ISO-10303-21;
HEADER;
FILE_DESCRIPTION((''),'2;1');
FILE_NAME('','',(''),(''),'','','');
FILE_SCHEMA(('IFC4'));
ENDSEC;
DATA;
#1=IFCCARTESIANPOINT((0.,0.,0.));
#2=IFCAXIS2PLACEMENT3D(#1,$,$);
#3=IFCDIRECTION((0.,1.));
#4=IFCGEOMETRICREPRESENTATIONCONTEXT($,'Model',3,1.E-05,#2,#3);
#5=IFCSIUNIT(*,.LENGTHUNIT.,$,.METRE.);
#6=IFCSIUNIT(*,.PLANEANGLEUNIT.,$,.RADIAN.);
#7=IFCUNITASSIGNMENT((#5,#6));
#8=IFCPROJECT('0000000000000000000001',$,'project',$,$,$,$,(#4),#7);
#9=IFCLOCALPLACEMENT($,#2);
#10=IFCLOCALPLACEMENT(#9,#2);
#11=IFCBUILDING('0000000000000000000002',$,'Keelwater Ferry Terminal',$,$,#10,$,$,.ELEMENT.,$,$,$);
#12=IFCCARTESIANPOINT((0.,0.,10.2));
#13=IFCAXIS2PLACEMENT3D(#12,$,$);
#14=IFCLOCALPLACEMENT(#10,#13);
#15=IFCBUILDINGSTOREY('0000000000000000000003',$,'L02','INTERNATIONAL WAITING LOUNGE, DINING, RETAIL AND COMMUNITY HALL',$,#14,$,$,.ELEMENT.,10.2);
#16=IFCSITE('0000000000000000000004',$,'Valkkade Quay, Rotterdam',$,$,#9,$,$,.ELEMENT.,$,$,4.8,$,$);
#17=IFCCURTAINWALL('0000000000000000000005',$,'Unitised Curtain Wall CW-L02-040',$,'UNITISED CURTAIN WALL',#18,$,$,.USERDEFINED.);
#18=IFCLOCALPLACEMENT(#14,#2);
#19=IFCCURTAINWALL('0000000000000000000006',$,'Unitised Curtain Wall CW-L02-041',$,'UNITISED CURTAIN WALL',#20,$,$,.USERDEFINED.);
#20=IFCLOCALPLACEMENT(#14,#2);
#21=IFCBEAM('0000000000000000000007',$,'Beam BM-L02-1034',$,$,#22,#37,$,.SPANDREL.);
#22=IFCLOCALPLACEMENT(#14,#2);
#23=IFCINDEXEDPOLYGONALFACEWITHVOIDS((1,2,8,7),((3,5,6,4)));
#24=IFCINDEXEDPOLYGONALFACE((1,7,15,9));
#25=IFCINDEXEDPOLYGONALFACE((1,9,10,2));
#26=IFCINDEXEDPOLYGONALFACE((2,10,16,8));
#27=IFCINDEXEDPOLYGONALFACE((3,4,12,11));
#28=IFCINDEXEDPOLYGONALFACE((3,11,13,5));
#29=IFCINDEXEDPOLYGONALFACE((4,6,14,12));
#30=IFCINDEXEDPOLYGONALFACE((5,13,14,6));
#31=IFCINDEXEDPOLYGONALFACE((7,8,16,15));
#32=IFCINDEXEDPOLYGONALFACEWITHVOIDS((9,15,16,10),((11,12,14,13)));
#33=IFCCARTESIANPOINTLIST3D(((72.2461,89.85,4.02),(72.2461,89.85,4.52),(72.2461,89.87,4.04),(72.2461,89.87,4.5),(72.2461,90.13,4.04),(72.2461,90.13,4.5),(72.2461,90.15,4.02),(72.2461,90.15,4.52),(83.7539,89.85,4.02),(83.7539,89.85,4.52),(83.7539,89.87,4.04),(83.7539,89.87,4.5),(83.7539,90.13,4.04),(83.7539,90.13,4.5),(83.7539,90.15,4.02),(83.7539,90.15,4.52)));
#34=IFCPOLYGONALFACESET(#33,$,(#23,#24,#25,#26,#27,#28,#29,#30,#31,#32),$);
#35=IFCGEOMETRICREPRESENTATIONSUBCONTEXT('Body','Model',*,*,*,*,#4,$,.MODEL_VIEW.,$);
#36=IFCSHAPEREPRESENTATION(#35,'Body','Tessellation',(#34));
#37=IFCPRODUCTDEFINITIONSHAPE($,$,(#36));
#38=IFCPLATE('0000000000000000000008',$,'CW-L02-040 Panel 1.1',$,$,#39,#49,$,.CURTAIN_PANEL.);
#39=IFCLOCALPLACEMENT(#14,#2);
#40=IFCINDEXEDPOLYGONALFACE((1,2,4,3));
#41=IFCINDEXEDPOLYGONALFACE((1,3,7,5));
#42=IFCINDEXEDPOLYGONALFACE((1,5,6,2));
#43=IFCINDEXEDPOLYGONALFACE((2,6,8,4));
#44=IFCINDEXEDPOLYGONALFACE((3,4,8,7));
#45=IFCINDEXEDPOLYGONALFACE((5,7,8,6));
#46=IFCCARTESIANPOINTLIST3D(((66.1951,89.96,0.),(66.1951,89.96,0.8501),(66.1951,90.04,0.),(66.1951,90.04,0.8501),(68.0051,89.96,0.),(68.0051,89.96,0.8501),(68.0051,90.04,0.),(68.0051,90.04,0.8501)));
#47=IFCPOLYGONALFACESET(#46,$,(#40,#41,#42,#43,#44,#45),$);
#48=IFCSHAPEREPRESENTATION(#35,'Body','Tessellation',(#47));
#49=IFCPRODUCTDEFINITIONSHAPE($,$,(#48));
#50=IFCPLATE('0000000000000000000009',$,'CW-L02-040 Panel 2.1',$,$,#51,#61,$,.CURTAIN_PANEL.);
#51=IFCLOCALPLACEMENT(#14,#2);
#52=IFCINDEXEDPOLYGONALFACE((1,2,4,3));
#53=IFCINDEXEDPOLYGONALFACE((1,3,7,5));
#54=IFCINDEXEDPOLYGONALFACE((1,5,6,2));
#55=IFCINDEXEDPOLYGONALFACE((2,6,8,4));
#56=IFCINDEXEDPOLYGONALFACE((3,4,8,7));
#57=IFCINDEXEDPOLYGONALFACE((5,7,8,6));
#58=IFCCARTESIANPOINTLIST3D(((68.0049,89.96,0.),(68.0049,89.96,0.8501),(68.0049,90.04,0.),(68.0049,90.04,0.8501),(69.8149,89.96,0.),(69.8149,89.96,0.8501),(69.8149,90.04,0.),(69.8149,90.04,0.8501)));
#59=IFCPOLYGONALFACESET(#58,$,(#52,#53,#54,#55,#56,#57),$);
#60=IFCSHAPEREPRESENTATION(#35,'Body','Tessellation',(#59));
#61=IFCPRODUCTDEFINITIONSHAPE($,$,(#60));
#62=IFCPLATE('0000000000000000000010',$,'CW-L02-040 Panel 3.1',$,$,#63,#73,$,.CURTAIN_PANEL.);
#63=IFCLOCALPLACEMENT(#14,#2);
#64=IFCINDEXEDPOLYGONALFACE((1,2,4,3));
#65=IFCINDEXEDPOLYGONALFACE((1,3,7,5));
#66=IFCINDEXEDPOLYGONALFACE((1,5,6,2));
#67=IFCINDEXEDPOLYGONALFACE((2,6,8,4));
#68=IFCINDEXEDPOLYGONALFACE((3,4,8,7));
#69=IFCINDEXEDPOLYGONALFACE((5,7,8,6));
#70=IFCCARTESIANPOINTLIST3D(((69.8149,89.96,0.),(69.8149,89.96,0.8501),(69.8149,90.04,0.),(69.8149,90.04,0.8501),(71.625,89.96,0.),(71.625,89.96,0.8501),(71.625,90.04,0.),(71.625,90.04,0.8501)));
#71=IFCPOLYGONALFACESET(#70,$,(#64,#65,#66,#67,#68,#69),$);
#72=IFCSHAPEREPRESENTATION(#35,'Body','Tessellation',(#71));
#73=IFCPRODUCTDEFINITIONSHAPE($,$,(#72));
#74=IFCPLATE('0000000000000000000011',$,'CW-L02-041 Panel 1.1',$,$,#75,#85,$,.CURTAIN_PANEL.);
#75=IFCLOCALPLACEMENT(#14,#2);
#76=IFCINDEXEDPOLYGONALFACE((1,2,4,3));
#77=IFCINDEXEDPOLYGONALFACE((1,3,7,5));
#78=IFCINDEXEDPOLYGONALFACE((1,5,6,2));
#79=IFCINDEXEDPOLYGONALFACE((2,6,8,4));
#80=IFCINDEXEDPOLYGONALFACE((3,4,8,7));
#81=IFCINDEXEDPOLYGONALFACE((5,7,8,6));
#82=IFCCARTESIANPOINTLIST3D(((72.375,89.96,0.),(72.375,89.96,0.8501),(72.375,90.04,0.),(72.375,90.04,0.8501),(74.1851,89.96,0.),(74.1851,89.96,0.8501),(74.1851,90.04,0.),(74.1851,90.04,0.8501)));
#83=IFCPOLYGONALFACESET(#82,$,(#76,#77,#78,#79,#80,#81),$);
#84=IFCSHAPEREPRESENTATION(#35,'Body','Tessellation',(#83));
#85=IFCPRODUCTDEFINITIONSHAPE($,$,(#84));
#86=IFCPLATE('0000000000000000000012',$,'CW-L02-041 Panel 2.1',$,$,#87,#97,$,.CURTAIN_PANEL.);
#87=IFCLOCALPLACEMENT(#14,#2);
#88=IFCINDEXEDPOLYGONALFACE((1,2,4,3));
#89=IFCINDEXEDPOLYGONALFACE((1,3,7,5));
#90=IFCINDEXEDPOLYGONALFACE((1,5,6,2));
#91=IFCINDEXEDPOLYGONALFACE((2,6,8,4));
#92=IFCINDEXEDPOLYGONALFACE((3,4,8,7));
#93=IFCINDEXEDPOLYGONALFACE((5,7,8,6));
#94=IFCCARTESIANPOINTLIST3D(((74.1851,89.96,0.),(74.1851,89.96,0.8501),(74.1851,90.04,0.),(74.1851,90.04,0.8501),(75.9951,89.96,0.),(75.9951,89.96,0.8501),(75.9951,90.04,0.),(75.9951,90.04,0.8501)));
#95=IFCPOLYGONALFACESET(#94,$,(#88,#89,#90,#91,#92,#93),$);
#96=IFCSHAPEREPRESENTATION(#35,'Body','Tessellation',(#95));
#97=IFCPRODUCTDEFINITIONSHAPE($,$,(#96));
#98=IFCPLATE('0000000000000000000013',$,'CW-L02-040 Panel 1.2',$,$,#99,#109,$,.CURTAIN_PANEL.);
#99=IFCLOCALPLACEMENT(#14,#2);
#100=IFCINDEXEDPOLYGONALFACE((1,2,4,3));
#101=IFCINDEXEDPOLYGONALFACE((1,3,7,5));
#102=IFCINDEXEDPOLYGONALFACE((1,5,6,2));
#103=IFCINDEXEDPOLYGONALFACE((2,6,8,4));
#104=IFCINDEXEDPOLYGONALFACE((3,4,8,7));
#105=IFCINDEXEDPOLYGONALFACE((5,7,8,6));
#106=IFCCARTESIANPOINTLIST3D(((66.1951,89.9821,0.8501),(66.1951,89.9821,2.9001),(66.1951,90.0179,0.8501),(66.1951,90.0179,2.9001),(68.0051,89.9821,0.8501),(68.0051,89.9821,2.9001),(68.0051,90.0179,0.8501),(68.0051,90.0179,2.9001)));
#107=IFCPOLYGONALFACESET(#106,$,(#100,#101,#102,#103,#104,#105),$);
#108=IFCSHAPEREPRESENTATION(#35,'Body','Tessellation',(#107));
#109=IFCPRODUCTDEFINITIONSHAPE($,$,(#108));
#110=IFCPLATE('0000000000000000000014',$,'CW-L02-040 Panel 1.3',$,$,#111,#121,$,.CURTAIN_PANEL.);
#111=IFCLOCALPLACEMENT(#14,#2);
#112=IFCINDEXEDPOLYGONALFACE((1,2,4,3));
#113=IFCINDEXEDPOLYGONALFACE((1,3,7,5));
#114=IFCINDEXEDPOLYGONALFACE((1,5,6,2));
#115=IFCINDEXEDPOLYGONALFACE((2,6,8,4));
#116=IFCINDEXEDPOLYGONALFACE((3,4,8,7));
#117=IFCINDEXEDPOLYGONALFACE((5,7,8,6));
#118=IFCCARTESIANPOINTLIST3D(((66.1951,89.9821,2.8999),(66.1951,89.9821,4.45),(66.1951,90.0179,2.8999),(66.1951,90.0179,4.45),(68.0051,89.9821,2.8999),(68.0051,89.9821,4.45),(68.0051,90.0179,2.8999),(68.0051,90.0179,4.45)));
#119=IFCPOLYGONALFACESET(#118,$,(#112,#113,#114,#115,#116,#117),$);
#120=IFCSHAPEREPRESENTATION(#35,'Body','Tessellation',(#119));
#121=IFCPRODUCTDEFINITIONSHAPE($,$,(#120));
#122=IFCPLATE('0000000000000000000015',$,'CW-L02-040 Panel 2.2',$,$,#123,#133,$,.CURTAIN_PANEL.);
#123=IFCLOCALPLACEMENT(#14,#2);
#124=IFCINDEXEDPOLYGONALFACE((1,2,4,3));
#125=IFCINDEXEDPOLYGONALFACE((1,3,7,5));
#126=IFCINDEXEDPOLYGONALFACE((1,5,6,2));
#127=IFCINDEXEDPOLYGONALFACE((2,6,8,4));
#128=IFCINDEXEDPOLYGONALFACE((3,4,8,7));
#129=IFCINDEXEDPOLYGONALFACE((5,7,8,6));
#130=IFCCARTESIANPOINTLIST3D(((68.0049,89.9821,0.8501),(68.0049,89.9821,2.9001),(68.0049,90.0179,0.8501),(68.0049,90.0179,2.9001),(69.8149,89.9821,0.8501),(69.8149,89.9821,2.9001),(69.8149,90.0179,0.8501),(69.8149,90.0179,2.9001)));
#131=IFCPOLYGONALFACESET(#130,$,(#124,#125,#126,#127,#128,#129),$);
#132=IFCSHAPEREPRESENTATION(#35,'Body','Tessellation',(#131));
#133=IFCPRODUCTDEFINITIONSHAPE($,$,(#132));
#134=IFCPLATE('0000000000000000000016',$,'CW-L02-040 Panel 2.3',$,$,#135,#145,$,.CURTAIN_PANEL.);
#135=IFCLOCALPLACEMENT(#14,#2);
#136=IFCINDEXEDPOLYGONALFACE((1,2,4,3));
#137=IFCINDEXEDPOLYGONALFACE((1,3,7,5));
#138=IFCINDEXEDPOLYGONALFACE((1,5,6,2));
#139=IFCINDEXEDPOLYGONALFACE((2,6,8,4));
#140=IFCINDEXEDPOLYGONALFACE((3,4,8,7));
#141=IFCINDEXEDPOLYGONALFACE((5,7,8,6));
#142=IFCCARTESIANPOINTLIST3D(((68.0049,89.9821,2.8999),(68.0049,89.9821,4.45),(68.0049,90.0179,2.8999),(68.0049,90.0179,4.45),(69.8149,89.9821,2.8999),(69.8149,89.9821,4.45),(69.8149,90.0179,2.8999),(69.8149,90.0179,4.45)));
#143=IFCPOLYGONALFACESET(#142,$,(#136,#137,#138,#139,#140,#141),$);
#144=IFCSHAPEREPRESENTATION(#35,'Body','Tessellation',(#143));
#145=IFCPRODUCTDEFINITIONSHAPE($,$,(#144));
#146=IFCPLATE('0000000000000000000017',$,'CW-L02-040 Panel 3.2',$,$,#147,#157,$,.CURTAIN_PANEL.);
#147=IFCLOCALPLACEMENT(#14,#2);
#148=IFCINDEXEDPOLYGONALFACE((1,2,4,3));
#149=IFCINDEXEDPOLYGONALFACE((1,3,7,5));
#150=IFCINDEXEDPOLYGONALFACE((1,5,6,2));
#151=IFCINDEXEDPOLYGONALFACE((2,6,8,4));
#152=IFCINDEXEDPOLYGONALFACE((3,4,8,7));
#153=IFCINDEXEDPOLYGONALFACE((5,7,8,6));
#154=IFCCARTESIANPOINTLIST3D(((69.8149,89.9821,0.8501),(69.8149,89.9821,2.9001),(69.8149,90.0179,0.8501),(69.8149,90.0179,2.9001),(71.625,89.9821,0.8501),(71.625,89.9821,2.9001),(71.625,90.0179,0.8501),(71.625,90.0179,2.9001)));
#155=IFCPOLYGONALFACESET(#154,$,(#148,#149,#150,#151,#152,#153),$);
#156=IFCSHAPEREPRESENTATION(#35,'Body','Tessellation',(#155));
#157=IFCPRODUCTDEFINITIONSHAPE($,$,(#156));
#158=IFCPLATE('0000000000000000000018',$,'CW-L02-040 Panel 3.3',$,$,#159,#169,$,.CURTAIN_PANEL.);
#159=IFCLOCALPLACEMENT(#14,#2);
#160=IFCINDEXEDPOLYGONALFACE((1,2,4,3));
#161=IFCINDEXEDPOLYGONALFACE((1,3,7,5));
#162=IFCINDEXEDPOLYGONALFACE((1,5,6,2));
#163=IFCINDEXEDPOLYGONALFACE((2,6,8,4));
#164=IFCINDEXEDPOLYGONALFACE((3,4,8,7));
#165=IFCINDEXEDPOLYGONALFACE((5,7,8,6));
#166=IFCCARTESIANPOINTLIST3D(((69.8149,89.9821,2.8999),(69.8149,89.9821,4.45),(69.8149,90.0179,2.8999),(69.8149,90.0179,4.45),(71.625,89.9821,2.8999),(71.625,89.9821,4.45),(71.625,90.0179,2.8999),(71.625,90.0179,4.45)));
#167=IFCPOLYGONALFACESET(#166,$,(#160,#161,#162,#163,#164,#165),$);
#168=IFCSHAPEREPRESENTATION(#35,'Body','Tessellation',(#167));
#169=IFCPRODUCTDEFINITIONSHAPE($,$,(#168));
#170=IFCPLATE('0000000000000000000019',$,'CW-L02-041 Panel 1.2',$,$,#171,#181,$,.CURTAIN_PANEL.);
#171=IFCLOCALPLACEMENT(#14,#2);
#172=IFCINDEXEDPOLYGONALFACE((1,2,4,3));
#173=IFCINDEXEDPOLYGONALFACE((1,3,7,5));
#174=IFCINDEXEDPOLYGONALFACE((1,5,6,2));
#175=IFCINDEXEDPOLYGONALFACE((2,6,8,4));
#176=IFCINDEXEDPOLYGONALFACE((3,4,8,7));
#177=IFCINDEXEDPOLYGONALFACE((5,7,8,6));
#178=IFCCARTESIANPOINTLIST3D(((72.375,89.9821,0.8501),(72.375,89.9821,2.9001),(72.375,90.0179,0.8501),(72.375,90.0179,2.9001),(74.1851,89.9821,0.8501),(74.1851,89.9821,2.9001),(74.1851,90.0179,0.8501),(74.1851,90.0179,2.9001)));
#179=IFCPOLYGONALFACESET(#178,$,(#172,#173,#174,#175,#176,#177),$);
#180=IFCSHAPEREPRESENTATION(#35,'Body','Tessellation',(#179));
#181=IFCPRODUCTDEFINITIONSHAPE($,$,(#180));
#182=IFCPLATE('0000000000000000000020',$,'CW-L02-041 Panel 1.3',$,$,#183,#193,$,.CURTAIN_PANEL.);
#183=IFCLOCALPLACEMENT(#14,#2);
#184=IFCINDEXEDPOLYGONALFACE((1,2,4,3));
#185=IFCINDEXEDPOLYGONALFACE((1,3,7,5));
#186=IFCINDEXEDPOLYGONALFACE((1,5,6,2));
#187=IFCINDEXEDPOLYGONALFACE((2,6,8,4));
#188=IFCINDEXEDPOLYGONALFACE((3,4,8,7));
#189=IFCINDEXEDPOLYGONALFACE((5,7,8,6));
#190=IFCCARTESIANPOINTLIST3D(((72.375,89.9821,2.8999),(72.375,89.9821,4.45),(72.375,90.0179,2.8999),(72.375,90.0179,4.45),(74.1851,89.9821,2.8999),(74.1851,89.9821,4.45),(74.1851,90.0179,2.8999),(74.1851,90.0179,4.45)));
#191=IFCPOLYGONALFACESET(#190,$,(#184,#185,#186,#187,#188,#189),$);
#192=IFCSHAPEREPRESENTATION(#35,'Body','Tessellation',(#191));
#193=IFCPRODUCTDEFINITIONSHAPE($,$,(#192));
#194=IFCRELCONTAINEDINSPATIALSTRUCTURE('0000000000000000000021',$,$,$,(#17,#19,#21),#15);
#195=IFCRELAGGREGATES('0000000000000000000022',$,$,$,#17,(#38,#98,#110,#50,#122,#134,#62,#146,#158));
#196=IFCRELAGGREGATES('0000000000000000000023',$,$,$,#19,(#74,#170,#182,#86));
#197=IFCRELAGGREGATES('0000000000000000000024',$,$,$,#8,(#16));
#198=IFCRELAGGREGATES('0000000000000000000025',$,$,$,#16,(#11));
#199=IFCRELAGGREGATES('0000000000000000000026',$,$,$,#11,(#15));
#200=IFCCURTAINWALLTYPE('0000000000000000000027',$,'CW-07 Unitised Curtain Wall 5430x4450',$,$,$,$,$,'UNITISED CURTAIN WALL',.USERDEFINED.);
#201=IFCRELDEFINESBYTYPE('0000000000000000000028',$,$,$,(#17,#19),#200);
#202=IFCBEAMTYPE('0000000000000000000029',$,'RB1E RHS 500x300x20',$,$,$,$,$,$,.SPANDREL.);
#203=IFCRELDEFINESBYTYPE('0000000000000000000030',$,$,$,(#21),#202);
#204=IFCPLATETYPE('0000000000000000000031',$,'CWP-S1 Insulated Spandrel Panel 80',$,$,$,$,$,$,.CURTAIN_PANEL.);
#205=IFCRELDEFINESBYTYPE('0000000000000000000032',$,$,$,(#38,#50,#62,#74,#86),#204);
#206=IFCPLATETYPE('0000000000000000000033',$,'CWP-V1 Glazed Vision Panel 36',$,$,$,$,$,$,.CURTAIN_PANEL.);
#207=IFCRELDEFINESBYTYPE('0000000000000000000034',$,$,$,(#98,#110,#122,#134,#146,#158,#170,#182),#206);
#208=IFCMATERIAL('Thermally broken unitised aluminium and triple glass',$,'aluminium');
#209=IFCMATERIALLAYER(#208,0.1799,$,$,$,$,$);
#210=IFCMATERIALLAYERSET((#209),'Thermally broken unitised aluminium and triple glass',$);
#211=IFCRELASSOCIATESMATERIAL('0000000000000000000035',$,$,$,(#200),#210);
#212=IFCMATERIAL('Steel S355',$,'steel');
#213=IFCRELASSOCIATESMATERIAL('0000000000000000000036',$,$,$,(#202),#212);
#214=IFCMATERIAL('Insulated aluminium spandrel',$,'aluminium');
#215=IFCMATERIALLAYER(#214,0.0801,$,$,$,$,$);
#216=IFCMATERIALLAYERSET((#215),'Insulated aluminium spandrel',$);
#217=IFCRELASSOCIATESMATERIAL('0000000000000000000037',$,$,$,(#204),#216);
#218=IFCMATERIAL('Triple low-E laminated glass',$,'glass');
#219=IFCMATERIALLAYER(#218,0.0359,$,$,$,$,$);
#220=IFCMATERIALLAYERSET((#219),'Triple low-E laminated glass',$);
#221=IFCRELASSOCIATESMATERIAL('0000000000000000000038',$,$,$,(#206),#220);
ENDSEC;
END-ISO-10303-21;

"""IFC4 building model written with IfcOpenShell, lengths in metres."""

from ifc_helpers import new_model, si_unit, direction, frame, origin, origin_2d, place, context, subcontext, project, spatial, rectangle, hollow_rectangle, extrude, material, layer, layer_set, material_profile, profile_set, type_object, element, aggregate, save


model = new_model("IFC4")

# Units and contexts
model_context = context("Model", 3, precision=1e-05, world=origin(), true_north=direction((0.0, 1.0)))
body_context = subcontext(model_context, "Body", "Model", "MODEL_VIEW")
ifc_project = project(units=[si_unit("LENGTHUNIT", "METRE"), si_unit("PLANEANGLEUNIT", "RADIAN")], contexts=[model_context])

# Site, building, storey
site_placement = place(None, origin())
site = spatial("IfcSite", under=ifc_project, at=site_placement, Name="Valkkade Quay, Rotterdam", CompositionType="ELEMENT", RefElevation=4.8)
building_placement = place(site_placement, origin())
building = spatial("IfcBuilding", under=site, at=building_placement, Name="Keelwater Ferry Terminal", CompositionType="ELEMENT")
storey_placement = place(building_placement, frame((0.0, 0.0, 10.2)))
storey = spatial("IfcBuildingStorey", under=building, at=storey_placement, Name="L02", Description="INTERNATIONAL WAITING LOUNGE, DINING, RETAIL AND COMMUNITY HALL", CompositionType="ELEMENT", Elevation=10.2)

# Curtain walls
ifc_material_1 = material(Name="Thermally broken unitised aluminium and triple glass", Category="aluminium")
ifc_layer_1 = layer(ifc_material_1, 0.1799)
ifc_layer_set_1 = layer_set([ifc_layer_1], Name="Thermally broken unitised aluminium and triple glass")
curtain_wall_type = type_object("IfcCurtainWallType", Name="CW-07 Unitised Curtain Wall 5430x4450", ElementType="UNITISED CURTAIN WALL", PredefinedType="USERDEFINED", material=ifc_layer_set_1)
curtain_wall_1_placement = place(storey_placement, origin())
curtain_wall_1 = element("IfcCurtainWall", 1, at=curtain_wall_1_placement, inside=storey, type_object=curtain_wall_type, Name="Unitised Curtain Wall CW-L02-040", ObjectType="UNITISED CURTAIN WALL", PredefinedType="USERDEFINED")
curtain_wall_2_placement = place(storey_placement, origin())
curtain_wall_2 = element("IfcCurtainWall", 2, at=curtain_wall_2_placement, inside=storey, type_object=curtain_wall_type, Name="Unitised Curtain Wall CW-L02-041", ObjectType="UNITISED CURTAIN WALL", PredefinedType="USERDEFINED")

# Beam
ifc_material_2 = material(Name="Steel S355", Category="steel")
ifc_material_profile_1 = material_profile(ifc_material_2, hollow_rectangle(XDim=0.3, YDim=0.5, WallThickness=0.02, at=origin_2d()), Name="RHS 500x300x20")
ifc_profile_set_1 = profile_set([ifc_material_profile_1], Name="Steel S355")
beam_type = type_object("IfcBeamType", Name="RB1E RHS 500x300x20", PredefinedType="SPANDREL", material=ifc_profile_set_1)
beam_placement = place(storey_placement, frame((72.2461, 90.0, 4.27), z_axis=(1.0, 0.0, 0.0), x_axis=(0.0, 1.0, 0.0)))
element("IfcBeam", 3, at=beam_placement, inside=storey, type_object=beam_type, Name="Beam BM-L02-1034", PredefinedType="SPANDREL", context=body_context, shape_type="SweptSolid", body=[
    extrude(hollow_rectangle(XDim=0.3, YDim=0.5, WallThickness=0.02, at=origin_2d()), origin(), (0.0, 0.0, 1.0), 11.5078),
])

# Plates
ifc_material_3 = material(Name="Insulated aluminium spandrel", Category="aluminium")
ifc_layer_2 = layer(ifc_material_3, 0.0801)
ifc_layer_set_2 = layer_set([ifc_layer_2], Name="Insulated aluminium spandrel")
plate_type_1 = type_object("IfcPlateType", Name="CWP-S1 Insulated Spandrel Panel 80", PredefinedType="CURTAIN_PANEL", material=ifc_layer_set_2)
plate_1_placement = place(storey_placement, frame((67.1001, 90.0, 0.0), z_axis=(0.0, 0.0, 1.0), x_axis=(1.0, 0.0, 0.0)))
plate_1 = element("IfcPlate", 4, at=plate_1_placement, type_object=plate_type_1, Name="CW-L02-040 Panel 1.1", PredefinedType="CURTAIN_PANEL", context=body_context, shape_type="SweptSolid", body=[
    extrude(rectangle(XDim=1.8101, YDim=0.0801, at=origin_2d()), origin(), (0.0, 0.0, 1.0), 0.8501),
])
plate_2_placement = place(storey_placement, frame((68.9099, 90.0, 0.0), z_axis=(0.0, 0.0, 1.0), x_axis=(1.0, 0.0, 0.0)))
plate_2 = element("IfcPlate", 5, at=plate_2_placement, type_object=plate_type_1, Name="CW-L02-040 Panel 2.1", PredefinedType="CURTAIN_PANEL", context=body_context, shape_type="SweptSolid", body=[
    extrude(rectangle(XDim=1.8101, YDim=0.0801, at=origin_2d()), origin(), (0.0, 0.0, 1.0), 0.8501),
])
plate_3_placement = place(storey_placement, frame((70.72, 90.0, 0.0), z_axis=(0.0, 0.0, 1.0), x_axis=(1.0, 0.0, 0.0)))
plate_3 = element("IfcPlate", 6, at=plate_3_placement, type_object=plate_type_1, Name="CW-L02-040 Panel 3.1", PredefinedType="CURTAIN_PANEL", context=body_context, shape_type="SweptSolid", body=[
    extrude(rectangle(XDim=1.8101, YDim=0.0801, at=origin_2d()), origin(), (0.0, 0.0, 1.0), 0.8501),
])
plate_4_placement = place(storey_placement, frame((73.28, 90.0, 0.0), z_axis=(0.0, 0.0, 1.0), x_axis=(1.0, 0.0, 0.0)))
plate_4 = element("IfcPlate", 7, at=plate_4_placement, type_object=plate_type_1, Name="CW-L02-041 Panel 1.1", PredefinedType="CURTAIN_PANEL", context=body_context, shape_type="SweptSolid", body=[
    extrude(rectangle(XDim=1.8101, YDim=0.0801, at=origin_2d()), origin(), (0.0, 0.0, 1.0), 0.8501),
])
plate_5_placement = place(storey_placement, frame((75.0901, 90.0, 0.0), z_axis=(0.0, 0.0, 1.0), x_axis=(1.0, 0.0, 0.0)))
plate_5 = element("IfcPlate", 8, at=plate_5_placement, type_object=plate_type_1, Name="CW-L02-041 Panel 2.1", PredefinedType="CURTAIN_PANEL", context=body_context, shape_type="SweptSolid", body=[
    extrude(rectangle(XDim=1.8101, YDim=0.0801, at=origin_2d()), origin(), (0.0, 0.0, 1.0), 0.8501),
])
ifc_material_4 = material(Name="Triple low-E laminated glass", Category="glass")
ifc_layer_3 = layer(ifc_material_4, 0.0359)
ifc_layer_set_3 = layer_set([ifc_layer_3], Name="Triple low-E laminated glass")
plate_type_2 = type_object("IfcPlateType", Name="CWP-V1 Glazed Vision Panel 36", PredefinedType="CURTAIN_PANEL", material=ifc_layer_set_3)
plate_6_placement = place(storey_placement, frame((67.1001, 90.0, 0.8501), z_axis=(0.0, 0.0, 1.0), x_axis=(1.0, 0.0, 0.0)))
plate_6 = element("IfcPlate", 9, at=plate_6_placement, type_object=plate_type_2, Name="CW-L02-040 Panel 1.2", PredefinedType="CURTAIN_PANEL", context=body_context, shape_type="SweptSolid", body=[
    extrude(rectangle(XDim=1.8101, YDim=0.0359, at=origin_2d()), origin(), (0.0, 0.0, 1.0), 2.05),
])
plate_7_placement = place(storey_placement, frame((67.1001, 90.0, 2.8999), z_axis=(0.0, 0.0, 1.0), x_axis=(1.0, 0.0, 0.0)))
plate_7 = element("IfcPlate", 10, at=plate_7_placement, type_object=plate_type_2, Name="CW-L02-040 Panel 1.3", PredefinedType="CURTAIN_PANEL", context=body_context, shape_type="SweptSolid", body=[
    extrude(rectangle(XDim=1.8101, YDim=0.0359, at=origin_2d()), origin(), (0.0, 0.0, 1.0), 1.55),
])
plate_8_placement = place(storey_placement, frame((68.9099, 90.0, 0.8501), z_axis=(0.0, 0.0, 1.0), x_axis=(1.0, 0.0, 0.0)))
plate_8 = element("IfcPlate", 11, at=plate_8_placement, type_object=plate_type_2, Name="CW-L02-040 Panel 2.2", PredefinedType="CURTAIN_PANEL", context=body_context, shape_type="SweptSolid", body=[
    extrude(rectangle(XDim=1.8101, YDim=0.0359, at=origin_2d()), origin(), (0.0, 0.0, 1.0), 2.05),
])
plate_9_placement = place(storey_placement, frame((68.9099, 90.0, 2.8999), z_axis=(0.0, 0.0, 1.0), x_axis=(1.0, 0.0, 0.0)))
plate_9 = element("IfcPlate", 12, at=plate_9_placement, type_object=plate_type_2, Name="CW-L02-040 Panel 2.3", PredefinedType="CURTAIN_PANEL", context=body_context, shape_type="SweptSolid", body=[
    extrude(rectangle(XDim=1.8101, YDim=0.0359, at=origin_2d()), origin(), (0.0, 0.0, 1.0), 1.55),
])
plate_10_placement = place(storey_placement, frame((70.72, 90.0, 0.8501), z_axis=(0.0, 0.0, 1.0), x_axis=(1.0, 0.0, 0.0)))
plate_10 = element("IfcPlate", 13, at=plate_10_placement, type_object=plate_type_2, Name="CW-L02-040 Panel 3.2", PredefinedType="CURTAIN_PANEL", context=body_context, shape_type="SweptSolid", body=[
    extrude(rectangle(XDim=1.8101, YDim=0.0359, at=origin_2d()), origin(), (0.0, 0.0, 1.0), 2.05),
])
plate_11_placement = place(storey_placement, frame((70.72, 90.0, 2.8999), z_axis=(0.0, 0.0, 1.0), x_axis=(1.0, 0.0, 0.0)))
plate_11 = element("IfcPlate", 14, at=plate_11_placement, type_object=plate_type_2, Name="CW-L02-040 Panel 3.3", PredefinedType="CURTAIN_PANEL", context=body_context, shape_type="SweptSolid", body=[
    extrude(rectangle(XDim=1.8101, YDim=0.0359, at=origin_2d()), origin(), (0.0, 0.0, 1.0), 1.55),
])
aggregate(curtain_wall_1, [plate_1, plate_6, plate_7, plate_2, plate_8, plate_9, plate_3, plate_10, plate_11])
plate_12_placement = place(storey_placement, frame((73.28, 90.0, 0.8501), z_axis=(0.0, 0.0, 1.0), x_axis=(1.0, 0.0, 0.0)))
plate_12 = element("IfcPlate", 15, at=plate_12_placement, type_object=plate_type_2, Name="CW-L02-041 Panel 1.2", PredefinedType="CURTAIN_PANEL", context=body_context, shape_type="SweptSolid", body=[
    extrude(rectangle(XDim=1.8101, YDim=0.0359, at=origin_2d()), origin(), (0.0, 0.0, 1.0), 2.05),
])
plate_13_placement = place(storey_placement, frame((73.28, 90.0, 2.8999), z_axis=(0.0, 0.0, 1.0), x_axis=(1.0, 0.0, 0.0)))
plate_13 = element("IfcPlate", 16, at=plate_13_placement, type_object=plate_type_2, Name="CW-L02-041 Panel 1.3", PredefinedType="CURTAIN_PANEL", context=body_context, shape_type="SweptSolid", body=[
    extrude(rectangle(XDim=1.8101, YDim=0.0359, at=origin_2d()), origin(), (0.0, 0.0, 1.0), 1.55),
])
aggregate(curtain_wall_2, [plate_4, plate_12, plate_13, plate_5])

save(model, "model.ifc")
